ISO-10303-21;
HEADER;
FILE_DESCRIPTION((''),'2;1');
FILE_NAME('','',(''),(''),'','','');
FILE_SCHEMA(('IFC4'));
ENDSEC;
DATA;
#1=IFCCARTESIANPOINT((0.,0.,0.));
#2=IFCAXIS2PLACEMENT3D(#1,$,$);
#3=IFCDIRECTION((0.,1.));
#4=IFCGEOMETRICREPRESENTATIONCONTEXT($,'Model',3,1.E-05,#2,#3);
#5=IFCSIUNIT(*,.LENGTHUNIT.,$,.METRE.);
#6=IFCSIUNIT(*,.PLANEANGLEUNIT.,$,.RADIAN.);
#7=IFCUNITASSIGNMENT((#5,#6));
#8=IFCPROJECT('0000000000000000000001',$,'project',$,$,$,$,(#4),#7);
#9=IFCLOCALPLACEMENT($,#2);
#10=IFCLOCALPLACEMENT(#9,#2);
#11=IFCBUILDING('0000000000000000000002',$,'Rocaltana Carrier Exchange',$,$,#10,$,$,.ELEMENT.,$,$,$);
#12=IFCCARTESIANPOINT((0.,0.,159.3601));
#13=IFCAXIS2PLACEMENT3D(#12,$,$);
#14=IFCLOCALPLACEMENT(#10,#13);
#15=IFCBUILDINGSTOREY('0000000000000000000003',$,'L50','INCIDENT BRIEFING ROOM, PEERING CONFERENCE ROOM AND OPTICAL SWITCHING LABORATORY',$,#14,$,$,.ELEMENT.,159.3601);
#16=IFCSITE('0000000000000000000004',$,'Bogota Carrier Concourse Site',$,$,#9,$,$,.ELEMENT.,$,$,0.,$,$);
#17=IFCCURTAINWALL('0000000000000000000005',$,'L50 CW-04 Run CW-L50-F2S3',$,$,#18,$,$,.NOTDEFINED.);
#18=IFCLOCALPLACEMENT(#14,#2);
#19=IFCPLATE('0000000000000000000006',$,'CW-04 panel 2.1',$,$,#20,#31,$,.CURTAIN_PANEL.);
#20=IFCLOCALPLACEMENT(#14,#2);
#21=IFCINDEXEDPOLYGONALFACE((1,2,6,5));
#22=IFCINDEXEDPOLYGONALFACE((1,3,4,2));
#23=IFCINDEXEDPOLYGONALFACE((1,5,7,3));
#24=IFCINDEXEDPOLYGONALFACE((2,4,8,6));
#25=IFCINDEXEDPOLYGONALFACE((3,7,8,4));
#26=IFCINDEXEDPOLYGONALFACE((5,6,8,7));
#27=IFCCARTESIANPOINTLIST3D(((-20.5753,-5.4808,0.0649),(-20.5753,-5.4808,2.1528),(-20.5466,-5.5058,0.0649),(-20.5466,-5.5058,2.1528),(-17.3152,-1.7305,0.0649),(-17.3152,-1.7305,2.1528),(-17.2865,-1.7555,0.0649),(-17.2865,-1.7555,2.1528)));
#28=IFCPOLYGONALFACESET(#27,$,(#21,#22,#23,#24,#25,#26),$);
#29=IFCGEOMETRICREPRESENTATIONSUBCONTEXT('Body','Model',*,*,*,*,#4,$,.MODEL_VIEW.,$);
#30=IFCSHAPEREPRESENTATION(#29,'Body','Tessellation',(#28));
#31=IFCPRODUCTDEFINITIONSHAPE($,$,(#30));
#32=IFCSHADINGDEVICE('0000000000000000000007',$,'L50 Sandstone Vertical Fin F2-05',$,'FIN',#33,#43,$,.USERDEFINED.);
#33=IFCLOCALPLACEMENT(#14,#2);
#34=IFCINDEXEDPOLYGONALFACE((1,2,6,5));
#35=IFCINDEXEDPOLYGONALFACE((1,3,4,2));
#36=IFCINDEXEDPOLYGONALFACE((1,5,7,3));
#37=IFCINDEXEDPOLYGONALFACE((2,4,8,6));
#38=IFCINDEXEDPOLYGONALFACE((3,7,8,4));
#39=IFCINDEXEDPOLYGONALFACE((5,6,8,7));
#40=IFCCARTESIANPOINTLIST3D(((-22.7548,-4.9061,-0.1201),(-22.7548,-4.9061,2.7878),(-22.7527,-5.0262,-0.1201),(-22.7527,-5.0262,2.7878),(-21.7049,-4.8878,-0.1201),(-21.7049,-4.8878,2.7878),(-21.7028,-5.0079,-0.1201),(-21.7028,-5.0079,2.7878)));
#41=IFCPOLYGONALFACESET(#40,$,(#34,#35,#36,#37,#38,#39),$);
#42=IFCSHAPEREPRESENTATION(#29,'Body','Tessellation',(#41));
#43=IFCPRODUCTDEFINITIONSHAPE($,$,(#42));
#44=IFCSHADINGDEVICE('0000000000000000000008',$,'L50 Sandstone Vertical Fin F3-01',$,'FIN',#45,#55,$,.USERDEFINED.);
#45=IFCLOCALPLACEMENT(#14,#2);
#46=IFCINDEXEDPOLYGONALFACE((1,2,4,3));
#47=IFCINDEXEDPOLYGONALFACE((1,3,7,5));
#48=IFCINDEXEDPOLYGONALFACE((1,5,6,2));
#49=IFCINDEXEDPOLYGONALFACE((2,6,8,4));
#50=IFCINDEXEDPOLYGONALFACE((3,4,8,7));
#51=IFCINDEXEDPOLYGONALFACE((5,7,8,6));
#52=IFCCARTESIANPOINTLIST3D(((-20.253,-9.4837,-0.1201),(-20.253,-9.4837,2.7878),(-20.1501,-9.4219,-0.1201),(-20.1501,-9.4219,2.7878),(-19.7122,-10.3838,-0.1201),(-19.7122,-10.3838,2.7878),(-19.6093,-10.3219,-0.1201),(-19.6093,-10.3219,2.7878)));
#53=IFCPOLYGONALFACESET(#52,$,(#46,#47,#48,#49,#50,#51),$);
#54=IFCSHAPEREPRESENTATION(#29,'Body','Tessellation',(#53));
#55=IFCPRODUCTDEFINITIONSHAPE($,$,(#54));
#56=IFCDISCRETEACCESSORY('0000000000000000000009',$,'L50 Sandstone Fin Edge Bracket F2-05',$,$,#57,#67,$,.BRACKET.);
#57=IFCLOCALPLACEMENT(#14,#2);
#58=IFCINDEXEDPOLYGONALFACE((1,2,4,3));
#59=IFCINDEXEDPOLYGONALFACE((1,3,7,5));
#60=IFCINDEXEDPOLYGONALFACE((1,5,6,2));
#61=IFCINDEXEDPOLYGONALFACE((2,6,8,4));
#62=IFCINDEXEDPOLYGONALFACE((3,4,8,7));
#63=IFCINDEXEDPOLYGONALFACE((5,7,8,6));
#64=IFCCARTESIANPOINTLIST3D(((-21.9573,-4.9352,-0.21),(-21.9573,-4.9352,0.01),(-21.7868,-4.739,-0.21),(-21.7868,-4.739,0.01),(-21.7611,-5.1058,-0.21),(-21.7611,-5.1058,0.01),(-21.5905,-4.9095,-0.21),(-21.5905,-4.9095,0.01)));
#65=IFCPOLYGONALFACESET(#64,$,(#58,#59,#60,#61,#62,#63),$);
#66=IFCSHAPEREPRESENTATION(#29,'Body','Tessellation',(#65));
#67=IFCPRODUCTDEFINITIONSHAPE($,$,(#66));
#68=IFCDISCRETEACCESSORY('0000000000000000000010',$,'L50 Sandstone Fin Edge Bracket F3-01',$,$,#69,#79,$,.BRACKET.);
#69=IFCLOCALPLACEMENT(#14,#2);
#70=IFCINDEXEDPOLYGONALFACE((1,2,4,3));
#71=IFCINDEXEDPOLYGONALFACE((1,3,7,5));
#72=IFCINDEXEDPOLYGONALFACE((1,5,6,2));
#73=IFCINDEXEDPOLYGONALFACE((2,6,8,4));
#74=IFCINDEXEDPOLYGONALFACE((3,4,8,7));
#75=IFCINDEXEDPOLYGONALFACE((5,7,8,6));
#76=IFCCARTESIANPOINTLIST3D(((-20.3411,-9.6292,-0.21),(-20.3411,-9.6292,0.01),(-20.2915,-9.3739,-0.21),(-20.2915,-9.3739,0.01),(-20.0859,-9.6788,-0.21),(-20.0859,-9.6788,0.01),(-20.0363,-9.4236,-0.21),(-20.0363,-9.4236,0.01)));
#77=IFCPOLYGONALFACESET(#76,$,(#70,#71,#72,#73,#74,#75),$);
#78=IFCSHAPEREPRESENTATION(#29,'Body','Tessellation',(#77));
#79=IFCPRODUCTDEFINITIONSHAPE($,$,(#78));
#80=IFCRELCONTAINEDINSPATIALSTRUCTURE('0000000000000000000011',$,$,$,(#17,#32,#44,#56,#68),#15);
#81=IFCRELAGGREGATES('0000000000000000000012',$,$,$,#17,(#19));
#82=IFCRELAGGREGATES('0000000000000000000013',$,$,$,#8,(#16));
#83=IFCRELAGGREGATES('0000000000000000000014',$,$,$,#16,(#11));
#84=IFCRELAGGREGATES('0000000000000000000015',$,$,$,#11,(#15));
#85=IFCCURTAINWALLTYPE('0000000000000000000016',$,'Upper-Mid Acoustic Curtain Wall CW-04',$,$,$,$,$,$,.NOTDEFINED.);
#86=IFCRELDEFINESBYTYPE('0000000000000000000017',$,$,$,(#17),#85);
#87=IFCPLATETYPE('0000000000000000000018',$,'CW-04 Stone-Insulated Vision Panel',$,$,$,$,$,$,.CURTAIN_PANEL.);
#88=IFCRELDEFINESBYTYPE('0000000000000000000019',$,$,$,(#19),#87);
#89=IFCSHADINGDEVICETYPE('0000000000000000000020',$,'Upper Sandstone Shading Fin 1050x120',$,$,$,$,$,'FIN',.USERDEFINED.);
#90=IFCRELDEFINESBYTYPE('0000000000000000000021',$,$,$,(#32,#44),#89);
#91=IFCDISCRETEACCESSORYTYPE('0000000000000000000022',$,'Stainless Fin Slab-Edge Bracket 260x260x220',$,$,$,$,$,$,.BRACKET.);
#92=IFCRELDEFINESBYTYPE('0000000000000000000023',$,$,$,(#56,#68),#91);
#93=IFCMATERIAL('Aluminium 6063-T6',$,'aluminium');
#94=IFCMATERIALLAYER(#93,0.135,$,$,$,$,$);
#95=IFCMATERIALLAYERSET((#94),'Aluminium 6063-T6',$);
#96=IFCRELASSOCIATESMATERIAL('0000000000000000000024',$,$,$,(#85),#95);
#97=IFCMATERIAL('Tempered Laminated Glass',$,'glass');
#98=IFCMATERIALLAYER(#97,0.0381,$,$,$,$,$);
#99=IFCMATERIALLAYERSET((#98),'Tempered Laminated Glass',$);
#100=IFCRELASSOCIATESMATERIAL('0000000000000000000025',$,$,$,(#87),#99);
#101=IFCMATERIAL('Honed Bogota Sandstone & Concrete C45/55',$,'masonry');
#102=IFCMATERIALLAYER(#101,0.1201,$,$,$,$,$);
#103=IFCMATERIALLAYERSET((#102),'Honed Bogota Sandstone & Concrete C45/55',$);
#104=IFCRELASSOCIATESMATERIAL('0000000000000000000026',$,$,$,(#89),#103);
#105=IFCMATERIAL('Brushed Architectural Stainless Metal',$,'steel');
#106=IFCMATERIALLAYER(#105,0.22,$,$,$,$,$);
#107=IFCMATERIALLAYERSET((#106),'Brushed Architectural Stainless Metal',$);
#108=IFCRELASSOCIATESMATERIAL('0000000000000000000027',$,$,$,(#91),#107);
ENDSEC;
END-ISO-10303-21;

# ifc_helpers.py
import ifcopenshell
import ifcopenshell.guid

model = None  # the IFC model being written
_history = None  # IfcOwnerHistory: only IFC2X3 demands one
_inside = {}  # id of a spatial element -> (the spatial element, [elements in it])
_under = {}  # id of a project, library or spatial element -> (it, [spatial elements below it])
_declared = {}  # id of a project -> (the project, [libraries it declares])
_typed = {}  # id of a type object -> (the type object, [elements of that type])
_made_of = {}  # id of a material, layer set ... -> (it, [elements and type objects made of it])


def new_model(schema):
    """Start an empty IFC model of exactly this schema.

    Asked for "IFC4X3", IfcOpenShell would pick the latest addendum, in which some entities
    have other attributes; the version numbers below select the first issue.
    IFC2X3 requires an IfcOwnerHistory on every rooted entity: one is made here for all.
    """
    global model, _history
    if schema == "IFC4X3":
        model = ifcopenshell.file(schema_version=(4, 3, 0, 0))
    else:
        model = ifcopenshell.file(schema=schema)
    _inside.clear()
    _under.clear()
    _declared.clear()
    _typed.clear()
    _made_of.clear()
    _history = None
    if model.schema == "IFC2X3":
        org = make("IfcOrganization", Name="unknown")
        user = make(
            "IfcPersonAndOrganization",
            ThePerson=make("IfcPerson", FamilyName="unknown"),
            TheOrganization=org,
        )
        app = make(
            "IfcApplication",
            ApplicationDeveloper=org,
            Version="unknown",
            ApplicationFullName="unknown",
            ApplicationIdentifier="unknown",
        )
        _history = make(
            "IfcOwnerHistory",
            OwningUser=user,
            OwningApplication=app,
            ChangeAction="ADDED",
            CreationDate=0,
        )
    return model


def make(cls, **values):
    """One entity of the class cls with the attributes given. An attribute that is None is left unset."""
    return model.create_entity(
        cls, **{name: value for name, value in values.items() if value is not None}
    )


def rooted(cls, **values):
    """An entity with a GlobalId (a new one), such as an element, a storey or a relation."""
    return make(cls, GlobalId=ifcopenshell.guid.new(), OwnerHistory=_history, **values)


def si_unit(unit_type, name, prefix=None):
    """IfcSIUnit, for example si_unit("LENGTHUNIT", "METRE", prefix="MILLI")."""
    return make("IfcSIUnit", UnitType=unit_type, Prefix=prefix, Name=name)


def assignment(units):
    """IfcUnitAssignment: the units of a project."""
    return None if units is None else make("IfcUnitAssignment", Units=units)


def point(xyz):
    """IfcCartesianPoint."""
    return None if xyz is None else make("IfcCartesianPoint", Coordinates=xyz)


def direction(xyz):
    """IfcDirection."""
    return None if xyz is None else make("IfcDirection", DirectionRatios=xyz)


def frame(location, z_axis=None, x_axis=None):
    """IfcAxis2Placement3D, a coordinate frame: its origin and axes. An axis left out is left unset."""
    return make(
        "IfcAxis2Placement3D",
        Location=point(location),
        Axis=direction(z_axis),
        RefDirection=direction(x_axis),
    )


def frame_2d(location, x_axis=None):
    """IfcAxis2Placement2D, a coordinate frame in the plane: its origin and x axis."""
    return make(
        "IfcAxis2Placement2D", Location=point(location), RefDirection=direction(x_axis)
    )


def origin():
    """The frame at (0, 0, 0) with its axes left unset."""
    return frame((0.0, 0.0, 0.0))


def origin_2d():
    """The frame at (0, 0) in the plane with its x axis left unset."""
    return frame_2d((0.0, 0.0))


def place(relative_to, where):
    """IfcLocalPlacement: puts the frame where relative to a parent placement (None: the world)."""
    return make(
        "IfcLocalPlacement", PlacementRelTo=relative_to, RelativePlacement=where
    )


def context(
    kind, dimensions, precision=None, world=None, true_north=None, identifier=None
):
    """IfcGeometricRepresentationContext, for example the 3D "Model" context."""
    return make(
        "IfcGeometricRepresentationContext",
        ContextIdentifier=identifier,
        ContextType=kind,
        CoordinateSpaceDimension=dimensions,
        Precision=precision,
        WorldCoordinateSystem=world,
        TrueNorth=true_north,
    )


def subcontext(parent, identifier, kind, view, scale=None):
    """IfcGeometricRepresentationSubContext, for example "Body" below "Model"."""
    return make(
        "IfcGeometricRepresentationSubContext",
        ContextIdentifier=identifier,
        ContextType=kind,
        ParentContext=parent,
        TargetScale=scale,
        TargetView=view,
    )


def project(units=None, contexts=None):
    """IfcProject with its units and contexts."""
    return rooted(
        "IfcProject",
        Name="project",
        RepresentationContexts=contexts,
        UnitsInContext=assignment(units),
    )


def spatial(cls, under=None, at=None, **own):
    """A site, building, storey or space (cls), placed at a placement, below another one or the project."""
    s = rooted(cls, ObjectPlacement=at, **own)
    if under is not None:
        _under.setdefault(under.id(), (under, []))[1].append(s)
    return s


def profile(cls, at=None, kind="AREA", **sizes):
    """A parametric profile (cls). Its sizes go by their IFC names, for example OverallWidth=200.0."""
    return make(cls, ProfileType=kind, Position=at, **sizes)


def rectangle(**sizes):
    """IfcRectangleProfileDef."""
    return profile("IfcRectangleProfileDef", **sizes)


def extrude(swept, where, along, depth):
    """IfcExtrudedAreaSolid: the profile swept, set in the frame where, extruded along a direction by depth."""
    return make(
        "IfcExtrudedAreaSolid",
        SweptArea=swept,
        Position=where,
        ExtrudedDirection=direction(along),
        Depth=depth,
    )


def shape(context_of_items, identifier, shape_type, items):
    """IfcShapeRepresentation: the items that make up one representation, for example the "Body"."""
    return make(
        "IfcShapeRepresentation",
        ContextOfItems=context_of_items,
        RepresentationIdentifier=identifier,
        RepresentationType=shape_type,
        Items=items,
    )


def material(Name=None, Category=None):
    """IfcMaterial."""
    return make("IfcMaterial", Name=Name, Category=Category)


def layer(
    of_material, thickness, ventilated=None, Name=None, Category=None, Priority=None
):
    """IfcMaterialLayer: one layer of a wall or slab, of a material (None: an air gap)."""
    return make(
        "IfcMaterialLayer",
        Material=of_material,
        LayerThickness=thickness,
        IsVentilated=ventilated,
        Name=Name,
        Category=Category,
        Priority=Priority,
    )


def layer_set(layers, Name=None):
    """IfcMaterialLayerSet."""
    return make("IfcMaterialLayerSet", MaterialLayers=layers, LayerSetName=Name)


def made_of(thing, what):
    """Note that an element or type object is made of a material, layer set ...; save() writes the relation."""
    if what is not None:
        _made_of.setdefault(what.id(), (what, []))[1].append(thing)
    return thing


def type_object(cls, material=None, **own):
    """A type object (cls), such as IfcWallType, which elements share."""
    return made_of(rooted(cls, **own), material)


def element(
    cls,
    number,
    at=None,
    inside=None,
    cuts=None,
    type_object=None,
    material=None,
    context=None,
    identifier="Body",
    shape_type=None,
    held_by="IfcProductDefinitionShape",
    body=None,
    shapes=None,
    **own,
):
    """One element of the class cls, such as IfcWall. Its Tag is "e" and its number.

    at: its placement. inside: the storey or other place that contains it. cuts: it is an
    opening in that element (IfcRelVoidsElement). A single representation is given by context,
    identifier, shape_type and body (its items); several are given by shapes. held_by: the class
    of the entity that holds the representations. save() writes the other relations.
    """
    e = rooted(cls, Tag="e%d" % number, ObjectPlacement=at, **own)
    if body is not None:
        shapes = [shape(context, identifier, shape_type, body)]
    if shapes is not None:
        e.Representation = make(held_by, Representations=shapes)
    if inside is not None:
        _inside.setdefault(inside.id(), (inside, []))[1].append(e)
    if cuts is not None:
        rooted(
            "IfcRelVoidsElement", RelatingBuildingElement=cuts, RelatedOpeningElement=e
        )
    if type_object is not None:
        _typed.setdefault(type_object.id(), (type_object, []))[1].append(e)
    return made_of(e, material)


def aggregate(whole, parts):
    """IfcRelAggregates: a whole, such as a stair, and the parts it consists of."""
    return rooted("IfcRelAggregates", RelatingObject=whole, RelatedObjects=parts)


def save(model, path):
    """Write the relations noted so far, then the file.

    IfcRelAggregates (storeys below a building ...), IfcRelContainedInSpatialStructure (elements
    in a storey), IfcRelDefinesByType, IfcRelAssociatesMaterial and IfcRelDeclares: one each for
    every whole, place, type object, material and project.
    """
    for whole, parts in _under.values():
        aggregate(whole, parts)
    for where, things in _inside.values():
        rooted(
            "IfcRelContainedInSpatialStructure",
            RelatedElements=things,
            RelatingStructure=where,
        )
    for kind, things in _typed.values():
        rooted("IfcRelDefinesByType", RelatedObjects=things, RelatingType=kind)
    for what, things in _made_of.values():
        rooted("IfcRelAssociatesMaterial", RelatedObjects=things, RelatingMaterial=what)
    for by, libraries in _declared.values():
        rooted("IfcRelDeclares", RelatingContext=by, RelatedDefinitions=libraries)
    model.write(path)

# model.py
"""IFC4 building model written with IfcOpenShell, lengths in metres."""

from ifc_helpers import new_model, si_unit, direction, frame, origin, origin_2d, place, context, subcontext, project, spatial, rectangle, extrude, material, layer, layer_set, type_object, element, aggregate, save


model = new_model("IFC4")

# Units and contexts
model_context = context("Model", 3, precision=1e-05, world=origin(), true_north=direction((0.0, 1.0)))
body_context = subcontext(model_context, "Body", "Model", "MODEL_VIEW")
ifc_project = project(units=[si_unit("LENGTHUNIT", "METRE"), si_unit("PLANEANGLEUNIT", "RADIAN")], contexts=[model_context])

# Site, building, storey
site_placement = place(None, origin())
site = spatial("IfcSite", under=ifc_project, at=site_placement, Name="Bogota Carrier Concourse Site", CompositionType="ELEMENT", RefElevation=0.0)
building_placement = place(site_placement, origin())
building = spatial("IfcBuilding", under=site, at=building_placement, Name="Rocaltana Carrier Exchange", CompositionType="ELEMENT")
storey_placement = place(building_placement, frame((0.0, 0.0, 159.3601)))
storey = spatial("IfcBuildingStorey", under=building, at=storey_placement, Name="L50", Description="INCIDENT BRIEFING ROOM, PEERING CONFERENCE ROOM AND OPTICAL SWITCHING LABORATORY", CompositionType="ELEMENT", Elevation=159.3601)

# Curtain wall
ifc_material_1 = material(Name="Aluminium 6063-T6", Category="aluminium")
ifc_layer_1 = layer(ifc_material_1, 0.135)
ifc_layer_set_1 = layer_set([ifc_layer_1], Name="Aluminium 6063-T6")
curtain_wall_type = type_object("IfcCurtainWallType", Name="Upper-Mid Acoustic Curtain Wall CW-04", PredefinedType="NOTDEFINED", material=ifc_layer_set_1)
curtain_wall_1_placement = place(storey_placement, origin())
curtain_wall_1 = element("IfcCurtainWall", 1, at=curtain_wall_1_placement, inside=storey, type_object=curtain_wall_type, Name="L50 CW-04 Run CW-L50-F2S3", PredefinedType="NOTDEFINED")

# Plate
ifc_material_2 = material(Name="Tempered Laminated Glass", Category="glass")
ifc_layer_2 = layer(ifc_material_2, 0.0381)
ifc_layer_set_2 = layer_set([ifc_layer_2], Name="Tempered Laminated Glass")
plate_type = type_object("IfcPlateType", Name="CW-04 Stone-Insulated Vision Panel", PredefinedType="CURTAIN_PANEL", material=ifc_layer_set_2)
plate_placement = place(storey_placement, frame((-18.9309, -3.6182, 0.0649), z_axis=(0.0, 0.0, 1.0), x_axis=(-0.656057, -0.754712, 0.0)))
plate = element("IfcPlate", 2, at=plate_placement, type_object=plate_type, Name="CW-04 panel 2.1", PredefinedType="CURTAIN_PANEL", context=body_context, shape_type="SweptSolid", body=[
    extrude(rectangle(XDim=4.9692, YDim=0.0381, at=origin_2d()), origin(), (0.0, 0.0, 1.0), 2.0879),
])
aggregate(curtain_wall_1, [plate])

# Shading devices
ifc_material_3 = material(Name="Honed Bogota Sandstone & Concrete C45/55", Category="masonry")
ifc_layer_3 = layer(ifc_material_3, 0.1201)
ifc_layer_set_3 = layer_set([ifc_layer_3], Name="Honed Bogota Sandstone & Concrete C45/55")
shading_device_type = type_object("IfcShadingDeviceType", Name="Upper Sandstone Shading Fin 1050x120", ElementType="FIN", PredefinedType="USERDEFINED", material=ifc_layer_set_3)
for number, where, z_axis, x_axis, name in (
    (3, (-22.2288, -4.957, -0.1201), (0.0, 0.0, 1.0), (-0.999848, -0.017452, 0.0), "L50 Sandstone Vertical Fin F2-05"),
    (4, (-19.9312, -9.9028, -0.1201), (0.0, 0.0, 1.0), (0.515038, -0.857167, 0.0), "L50 Sandstone Vertical Fin F3-01"),
):
    element("IfcShadingDevice", number, at=place(storey_placement, frame(where, z_axis=z_axis, x_axis=x_axis)), inside=storey, type_object=shading_device_type, Name=name, ObjectType="FIN", PredefinedType="USERDEFINED", context=body_context, shape_type="SweptSolid", body=[
        extrude(rectangle(XDim=1.05, YDim=0.1201, at=origin_2d()), origin(), (0.0, 0.0, 1.0), 2.908),
    ])

# Discrete accessories
ifc_material_4 = material(Name="Brushed Architectural Stainless Metal", Category="steel")
ifc_layer_4 = layer(ifc_material_4, 0.22)
ifc_layer_set_4 = layer_set([ifc_layer_4], Name="Brushed Architectural Stainless Metal")
discrete_accessory_type = type_object("IfcDiscreteAccessoryType", Name="Stainless Fin Slab-Edge Bracket 260x260x220", PredefinedType="BRACKET", material=ifc_layer_set_4)
for number, where, z_axis, x_axis, name in (
    (5, (-21.7739, -4.9224, -0.21), (0.0, 0.0, 1.0), (-0.656059, -0.75471, 0.0), "L50 Sandstone Fin Edge Bracket F2-05"),
    (6, (-20.1887, -9.5264, -0.21), (0.0, 0.0, 1.0), (0.981627, -0.190809, 0.0), "L50 Sandstone Fin Edge Bracket F3-01"),
):
    element("IfcDiscreteAccessory", number, at=place(storey_placement, frame(where, z_axis=z_axis, x_axis=x_axis)), inside=storey, type_object=discrete_accessory_type, Name=name, PredefinedType="BRACKET", context=body_context, shape_type="SweptSolid", body=[
        extrude(rectangle(XDim=0.26, YDim=0.26, at=origin_2d()), origin(), (0.0, 0.0, 1.0), 0.22),
    ])

save(model, "model.ifc")
